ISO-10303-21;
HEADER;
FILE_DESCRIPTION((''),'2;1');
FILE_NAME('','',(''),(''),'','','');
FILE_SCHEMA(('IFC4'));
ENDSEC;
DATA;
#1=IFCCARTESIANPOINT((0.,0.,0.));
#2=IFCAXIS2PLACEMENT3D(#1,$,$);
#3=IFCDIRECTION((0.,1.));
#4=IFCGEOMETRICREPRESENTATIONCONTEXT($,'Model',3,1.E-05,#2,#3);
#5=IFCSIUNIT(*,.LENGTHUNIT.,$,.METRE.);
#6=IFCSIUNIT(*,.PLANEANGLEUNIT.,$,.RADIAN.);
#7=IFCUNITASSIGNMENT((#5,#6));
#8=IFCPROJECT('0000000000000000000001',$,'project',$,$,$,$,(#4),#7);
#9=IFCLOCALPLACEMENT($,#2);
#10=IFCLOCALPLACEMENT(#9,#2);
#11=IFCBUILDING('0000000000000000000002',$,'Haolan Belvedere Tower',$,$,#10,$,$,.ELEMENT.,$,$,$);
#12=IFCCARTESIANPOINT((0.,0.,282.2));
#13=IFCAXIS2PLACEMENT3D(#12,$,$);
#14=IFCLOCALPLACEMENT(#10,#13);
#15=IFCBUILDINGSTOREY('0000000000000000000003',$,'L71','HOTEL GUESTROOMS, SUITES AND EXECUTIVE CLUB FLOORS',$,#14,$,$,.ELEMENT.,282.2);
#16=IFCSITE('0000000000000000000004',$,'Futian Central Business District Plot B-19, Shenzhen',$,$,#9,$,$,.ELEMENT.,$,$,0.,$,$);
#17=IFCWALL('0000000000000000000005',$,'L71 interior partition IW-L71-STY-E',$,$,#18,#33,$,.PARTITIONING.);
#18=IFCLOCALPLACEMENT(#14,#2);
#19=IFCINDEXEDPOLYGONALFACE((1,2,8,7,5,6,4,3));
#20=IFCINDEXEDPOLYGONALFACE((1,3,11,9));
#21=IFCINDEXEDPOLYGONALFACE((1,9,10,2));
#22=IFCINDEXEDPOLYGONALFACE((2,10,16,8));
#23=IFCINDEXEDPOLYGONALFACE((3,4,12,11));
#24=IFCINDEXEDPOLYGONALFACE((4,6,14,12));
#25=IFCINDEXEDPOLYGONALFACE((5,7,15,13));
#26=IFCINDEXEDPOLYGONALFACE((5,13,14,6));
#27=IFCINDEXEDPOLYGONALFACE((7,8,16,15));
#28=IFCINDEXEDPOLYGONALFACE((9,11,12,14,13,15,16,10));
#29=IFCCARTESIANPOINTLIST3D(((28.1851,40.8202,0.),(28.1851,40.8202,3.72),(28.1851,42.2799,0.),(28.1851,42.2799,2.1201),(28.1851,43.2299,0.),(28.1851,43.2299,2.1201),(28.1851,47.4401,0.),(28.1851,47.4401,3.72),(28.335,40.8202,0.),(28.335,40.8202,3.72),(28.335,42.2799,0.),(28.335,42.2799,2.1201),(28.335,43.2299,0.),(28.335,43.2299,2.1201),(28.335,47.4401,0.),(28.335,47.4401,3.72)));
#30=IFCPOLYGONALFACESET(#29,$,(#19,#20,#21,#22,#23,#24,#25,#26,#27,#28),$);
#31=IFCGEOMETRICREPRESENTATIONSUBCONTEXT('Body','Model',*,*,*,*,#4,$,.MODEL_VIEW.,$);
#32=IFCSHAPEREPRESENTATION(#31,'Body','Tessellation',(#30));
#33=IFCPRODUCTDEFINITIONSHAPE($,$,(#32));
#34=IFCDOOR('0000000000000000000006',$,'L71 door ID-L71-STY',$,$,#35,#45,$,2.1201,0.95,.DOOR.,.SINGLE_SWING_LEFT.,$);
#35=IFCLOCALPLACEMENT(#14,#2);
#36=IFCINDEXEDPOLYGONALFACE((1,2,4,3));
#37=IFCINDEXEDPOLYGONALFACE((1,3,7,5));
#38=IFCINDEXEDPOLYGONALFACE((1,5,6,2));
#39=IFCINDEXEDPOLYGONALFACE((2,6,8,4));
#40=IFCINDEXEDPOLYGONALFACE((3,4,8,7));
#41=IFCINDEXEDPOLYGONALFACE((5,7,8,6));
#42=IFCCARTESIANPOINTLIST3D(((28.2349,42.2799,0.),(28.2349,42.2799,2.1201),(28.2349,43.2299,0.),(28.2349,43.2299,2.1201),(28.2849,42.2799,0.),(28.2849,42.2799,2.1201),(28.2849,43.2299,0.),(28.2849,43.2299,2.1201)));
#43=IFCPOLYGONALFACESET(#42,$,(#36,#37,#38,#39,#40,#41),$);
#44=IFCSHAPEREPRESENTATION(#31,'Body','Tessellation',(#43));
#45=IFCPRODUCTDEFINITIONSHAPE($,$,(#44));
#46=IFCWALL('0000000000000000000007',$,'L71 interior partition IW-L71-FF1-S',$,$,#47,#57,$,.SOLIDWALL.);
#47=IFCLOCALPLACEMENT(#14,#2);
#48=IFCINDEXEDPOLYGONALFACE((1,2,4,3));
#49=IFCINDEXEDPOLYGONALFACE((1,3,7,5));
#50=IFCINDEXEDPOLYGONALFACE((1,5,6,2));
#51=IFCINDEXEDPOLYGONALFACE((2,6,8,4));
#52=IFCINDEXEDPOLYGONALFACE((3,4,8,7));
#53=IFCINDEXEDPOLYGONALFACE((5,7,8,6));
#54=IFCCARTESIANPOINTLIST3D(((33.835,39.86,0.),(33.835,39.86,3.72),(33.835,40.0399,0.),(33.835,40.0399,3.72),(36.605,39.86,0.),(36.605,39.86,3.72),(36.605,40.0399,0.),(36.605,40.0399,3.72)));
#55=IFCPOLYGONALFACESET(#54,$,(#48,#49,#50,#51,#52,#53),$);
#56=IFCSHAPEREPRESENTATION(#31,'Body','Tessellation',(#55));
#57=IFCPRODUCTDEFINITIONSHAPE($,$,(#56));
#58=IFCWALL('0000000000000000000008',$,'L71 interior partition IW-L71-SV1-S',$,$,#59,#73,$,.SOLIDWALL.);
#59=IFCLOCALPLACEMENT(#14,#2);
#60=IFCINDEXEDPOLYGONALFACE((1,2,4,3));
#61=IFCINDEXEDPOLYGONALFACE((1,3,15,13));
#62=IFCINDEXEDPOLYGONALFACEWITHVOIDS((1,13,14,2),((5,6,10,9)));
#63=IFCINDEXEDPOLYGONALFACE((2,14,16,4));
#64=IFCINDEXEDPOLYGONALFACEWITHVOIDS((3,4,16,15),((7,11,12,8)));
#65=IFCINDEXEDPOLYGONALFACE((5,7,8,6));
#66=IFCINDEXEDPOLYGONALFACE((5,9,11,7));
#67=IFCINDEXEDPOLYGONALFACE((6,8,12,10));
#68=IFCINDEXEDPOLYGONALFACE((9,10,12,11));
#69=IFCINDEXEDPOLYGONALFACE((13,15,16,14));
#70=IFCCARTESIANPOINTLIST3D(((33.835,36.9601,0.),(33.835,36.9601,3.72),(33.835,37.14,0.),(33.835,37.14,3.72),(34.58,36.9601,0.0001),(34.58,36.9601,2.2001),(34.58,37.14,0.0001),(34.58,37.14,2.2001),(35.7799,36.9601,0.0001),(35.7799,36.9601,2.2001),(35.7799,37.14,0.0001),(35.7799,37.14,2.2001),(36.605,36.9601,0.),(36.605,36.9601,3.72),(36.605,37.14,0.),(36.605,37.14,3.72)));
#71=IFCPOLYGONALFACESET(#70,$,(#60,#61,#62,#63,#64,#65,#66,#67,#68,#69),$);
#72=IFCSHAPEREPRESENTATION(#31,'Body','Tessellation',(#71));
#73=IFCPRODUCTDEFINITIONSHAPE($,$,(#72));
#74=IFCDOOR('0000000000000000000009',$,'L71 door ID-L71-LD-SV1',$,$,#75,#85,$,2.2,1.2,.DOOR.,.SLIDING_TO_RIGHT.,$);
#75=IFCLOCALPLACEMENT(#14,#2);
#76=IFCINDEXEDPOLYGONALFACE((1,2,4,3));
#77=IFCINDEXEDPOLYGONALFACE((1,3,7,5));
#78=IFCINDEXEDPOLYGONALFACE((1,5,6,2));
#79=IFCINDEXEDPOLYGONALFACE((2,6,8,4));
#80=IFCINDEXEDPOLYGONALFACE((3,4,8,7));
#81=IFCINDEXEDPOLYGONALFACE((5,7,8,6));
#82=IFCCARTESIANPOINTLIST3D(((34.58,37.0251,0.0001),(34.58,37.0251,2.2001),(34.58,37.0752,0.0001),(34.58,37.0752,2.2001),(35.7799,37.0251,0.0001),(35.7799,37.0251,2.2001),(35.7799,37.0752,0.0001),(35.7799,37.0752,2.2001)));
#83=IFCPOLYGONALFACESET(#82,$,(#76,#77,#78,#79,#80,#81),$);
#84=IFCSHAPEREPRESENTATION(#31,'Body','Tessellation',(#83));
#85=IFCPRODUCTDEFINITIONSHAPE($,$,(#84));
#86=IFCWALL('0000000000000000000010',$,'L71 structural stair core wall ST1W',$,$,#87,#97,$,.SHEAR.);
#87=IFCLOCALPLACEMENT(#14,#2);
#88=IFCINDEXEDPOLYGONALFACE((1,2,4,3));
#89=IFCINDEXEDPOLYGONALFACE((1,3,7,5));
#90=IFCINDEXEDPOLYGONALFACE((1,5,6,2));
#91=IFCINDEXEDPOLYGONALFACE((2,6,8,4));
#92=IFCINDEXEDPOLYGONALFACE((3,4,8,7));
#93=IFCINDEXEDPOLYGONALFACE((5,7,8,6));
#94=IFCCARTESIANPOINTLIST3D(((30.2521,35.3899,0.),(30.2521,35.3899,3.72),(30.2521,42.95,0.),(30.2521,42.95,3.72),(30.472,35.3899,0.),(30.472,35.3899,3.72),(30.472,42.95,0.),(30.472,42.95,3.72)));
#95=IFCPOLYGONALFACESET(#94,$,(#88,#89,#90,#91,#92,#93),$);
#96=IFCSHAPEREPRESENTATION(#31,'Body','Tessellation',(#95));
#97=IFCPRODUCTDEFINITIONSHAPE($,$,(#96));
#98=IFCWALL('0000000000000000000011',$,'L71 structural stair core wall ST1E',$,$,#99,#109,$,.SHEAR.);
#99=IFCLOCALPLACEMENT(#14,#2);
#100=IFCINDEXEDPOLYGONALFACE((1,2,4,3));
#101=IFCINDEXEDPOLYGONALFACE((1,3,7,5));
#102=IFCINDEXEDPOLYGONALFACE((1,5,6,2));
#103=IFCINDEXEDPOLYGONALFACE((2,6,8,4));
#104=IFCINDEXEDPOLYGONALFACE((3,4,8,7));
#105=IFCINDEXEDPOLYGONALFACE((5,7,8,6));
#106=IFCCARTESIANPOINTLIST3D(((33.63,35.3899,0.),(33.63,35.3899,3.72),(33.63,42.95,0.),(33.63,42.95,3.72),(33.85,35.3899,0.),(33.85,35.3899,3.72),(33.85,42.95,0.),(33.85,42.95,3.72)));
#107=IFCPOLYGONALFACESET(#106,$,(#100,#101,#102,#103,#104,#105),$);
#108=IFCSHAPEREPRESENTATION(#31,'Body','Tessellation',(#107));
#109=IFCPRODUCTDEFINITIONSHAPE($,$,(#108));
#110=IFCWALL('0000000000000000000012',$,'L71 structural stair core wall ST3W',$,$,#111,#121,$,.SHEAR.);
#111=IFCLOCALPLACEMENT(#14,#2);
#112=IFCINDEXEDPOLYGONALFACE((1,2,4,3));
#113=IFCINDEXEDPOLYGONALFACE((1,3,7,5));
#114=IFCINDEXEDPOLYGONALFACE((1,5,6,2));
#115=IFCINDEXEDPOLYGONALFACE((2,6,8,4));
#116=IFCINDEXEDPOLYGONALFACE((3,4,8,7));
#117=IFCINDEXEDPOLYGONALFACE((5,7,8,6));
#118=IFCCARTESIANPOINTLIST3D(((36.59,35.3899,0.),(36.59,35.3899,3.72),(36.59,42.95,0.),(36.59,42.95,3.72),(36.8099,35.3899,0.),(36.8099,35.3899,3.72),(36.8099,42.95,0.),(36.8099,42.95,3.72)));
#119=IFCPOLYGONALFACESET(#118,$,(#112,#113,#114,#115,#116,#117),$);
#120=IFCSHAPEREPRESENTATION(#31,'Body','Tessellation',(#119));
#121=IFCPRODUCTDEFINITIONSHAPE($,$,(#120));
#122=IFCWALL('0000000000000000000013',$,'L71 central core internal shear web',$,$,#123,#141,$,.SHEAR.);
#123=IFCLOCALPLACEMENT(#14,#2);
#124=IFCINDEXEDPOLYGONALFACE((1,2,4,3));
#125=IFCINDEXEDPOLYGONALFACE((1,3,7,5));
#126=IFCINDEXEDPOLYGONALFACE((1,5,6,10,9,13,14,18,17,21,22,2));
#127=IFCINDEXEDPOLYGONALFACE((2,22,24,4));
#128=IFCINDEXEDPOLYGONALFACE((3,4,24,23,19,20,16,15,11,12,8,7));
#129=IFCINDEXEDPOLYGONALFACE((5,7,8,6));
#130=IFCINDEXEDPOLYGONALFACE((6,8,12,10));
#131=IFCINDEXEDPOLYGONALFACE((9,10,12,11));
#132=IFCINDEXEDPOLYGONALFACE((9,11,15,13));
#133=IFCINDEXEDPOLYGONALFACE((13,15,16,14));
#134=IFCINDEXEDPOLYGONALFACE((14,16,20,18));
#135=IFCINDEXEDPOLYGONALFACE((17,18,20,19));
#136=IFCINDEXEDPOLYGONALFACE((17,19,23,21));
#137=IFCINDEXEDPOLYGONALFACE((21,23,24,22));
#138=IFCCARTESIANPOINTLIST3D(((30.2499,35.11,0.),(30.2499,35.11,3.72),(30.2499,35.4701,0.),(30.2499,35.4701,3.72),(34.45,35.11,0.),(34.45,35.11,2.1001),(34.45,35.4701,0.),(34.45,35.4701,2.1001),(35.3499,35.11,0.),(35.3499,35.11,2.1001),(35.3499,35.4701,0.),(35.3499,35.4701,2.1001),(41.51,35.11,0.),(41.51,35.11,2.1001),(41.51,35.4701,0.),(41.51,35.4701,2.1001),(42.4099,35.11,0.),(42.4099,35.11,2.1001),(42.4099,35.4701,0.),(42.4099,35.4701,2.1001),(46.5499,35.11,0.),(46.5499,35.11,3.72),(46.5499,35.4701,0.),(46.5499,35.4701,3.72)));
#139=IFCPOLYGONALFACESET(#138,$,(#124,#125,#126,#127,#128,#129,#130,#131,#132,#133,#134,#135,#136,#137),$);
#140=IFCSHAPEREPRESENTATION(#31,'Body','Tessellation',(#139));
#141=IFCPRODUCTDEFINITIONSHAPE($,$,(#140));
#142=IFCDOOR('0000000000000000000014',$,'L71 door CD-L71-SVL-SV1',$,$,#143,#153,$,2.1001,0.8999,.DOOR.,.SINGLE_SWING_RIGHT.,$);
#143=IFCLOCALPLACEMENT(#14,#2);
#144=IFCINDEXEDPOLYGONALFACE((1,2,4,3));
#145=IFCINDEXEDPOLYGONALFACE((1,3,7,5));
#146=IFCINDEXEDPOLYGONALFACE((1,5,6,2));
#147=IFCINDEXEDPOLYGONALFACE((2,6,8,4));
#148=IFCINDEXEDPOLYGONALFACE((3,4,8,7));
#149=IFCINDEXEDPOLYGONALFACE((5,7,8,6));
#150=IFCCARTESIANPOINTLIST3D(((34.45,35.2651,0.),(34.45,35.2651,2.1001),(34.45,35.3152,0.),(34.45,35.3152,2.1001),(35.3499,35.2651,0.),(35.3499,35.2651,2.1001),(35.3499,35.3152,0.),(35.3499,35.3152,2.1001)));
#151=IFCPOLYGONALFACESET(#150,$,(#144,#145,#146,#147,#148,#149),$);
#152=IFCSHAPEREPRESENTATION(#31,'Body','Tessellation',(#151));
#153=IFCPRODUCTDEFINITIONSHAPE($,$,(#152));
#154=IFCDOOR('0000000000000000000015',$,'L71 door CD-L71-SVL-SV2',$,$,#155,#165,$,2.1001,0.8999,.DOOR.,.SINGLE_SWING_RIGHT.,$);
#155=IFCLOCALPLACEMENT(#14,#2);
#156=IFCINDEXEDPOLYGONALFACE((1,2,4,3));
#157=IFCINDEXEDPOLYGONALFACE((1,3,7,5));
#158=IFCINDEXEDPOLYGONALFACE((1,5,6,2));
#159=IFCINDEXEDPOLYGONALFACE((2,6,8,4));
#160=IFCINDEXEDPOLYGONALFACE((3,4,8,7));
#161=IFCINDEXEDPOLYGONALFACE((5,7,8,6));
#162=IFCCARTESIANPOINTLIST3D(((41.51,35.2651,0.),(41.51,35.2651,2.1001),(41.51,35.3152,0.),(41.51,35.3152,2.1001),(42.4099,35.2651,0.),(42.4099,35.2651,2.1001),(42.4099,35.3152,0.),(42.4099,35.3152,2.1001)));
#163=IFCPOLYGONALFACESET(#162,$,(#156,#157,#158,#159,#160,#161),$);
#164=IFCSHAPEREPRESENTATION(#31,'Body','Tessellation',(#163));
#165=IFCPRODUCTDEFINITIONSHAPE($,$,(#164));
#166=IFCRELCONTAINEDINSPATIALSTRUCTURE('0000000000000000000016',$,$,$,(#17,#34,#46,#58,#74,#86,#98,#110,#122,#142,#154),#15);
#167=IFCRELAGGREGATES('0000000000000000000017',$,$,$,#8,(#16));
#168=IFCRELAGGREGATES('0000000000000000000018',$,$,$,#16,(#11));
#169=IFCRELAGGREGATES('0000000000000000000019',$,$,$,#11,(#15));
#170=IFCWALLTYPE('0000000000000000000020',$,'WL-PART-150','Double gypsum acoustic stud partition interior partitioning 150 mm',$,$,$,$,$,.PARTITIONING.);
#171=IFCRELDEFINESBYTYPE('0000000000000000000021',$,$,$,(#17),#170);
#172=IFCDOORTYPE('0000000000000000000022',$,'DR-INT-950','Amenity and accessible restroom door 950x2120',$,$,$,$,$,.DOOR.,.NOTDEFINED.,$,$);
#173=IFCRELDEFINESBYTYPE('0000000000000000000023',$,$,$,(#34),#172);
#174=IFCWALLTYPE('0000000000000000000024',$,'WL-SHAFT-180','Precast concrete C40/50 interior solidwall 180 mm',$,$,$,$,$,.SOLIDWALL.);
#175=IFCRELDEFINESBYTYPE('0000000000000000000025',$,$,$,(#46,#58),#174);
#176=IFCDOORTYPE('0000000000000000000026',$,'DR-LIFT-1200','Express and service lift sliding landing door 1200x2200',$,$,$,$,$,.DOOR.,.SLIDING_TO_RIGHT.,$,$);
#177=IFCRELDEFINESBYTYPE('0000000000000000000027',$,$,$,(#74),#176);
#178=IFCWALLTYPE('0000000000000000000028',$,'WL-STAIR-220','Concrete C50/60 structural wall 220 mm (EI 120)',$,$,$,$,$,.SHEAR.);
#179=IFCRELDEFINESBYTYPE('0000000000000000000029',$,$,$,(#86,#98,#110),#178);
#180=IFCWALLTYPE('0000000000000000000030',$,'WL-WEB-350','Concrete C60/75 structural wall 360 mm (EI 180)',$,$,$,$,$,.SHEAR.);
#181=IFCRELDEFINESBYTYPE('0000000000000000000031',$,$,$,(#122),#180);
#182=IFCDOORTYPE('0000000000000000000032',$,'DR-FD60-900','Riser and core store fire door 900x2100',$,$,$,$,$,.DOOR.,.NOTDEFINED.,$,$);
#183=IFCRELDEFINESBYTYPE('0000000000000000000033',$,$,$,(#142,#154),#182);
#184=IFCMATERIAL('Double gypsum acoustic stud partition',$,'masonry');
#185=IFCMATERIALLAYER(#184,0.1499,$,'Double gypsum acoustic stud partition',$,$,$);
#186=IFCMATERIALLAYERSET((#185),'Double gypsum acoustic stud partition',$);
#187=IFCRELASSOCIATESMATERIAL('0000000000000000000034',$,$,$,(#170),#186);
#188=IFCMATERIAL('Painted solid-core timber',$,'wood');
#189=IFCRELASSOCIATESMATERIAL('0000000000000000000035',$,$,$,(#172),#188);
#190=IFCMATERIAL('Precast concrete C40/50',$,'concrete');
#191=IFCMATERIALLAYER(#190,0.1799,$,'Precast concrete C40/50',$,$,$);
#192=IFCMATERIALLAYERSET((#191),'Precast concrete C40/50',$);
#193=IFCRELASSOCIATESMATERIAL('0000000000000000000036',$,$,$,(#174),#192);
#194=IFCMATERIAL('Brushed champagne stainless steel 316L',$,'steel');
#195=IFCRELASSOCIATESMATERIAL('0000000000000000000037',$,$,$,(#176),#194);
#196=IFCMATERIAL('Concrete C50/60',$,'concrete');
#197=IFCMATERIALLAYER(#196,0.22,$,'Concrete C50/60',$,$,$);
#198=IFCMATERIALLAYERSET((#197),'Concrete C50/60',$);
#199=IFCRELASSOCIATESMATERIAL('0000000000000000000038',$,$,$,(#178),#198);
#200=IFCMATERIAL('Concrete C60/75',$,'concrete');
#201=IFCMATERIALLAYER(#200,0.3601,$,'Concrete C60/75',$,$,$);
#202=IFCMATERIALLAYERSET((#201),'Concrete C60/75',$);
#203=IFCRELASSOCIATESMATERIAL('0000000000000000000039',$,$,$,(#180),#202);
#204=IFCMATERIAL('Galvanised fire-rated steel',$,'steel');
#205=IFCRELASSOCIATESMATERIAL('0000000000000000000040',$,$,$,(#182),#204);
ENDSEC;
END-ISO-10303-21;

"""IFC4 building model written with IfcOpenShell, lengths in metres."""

from ifc_helpers import new_model, si_unit, direction, frame, frame_2d, origin, place, context, subcontext, project, spatial, rectangle, extrude, material, layer, layer_set, type_object, element, fill, save


model = new_model("IFC4")

# Units and contexts
model_context = context("Model", 3, precision=1e-05, world=origin(), true_north=direction((0.0, 1.0)))
body_context = subcontext(model_context, "Body", "Model", "MODEL_VIEW")
ifc_project = project(units=[si_unit("LENGTHUNIT", "METRE"), si_unit("PLANEANGLEUNIT", "RADIAN")], contexts=[model_context])

# Site, building, storey
site_placement = place(None, origin())
site = spatial("IfcSite", under=ifc_project, at=site_placement, Name="Futian Central Business District Plot B-19, Shenzhen", CompositionType="ELEMENT", RefElevation=0.0)
building_placement = place(site_placement, origin())
building = spatial("IfcBuilding", under=site, at=building_placement, Name="Haolan Belvedere Tower", CompositionType="ELEMENT")
storey_placement = place(building_placement, frame((0.0, 0.0, 282.2)))
storey = spatial("IfcBuildingStorey", under=building, at=storey_placement, Name="L71", Description="HOTEL GUESTROOMS, SUITES AND EXECUTIVE CLUB FLOORS", CompositionType="ELEMENT", Elevation=282.2)

# Shared definitions
ifc_material_1 = material(Name="Precast concrete C40/50", Category="concrete")

# Shared definitions
ifc_material_2 = material(Name="Double gypsum acoustic stud partition", Category="masonry")
ifc_layer_1 = layer(ifc_material_2, 0.1499, Name="Double gypsum acoustic stud partition")
ifc_layer_set_1 = layer_set([ifc_layer_1], Name="Double gypsum acoustic stud partition")
wall_type_1 = type_object("IfcWallType", Name="WL-PART-150", Description="Double gypsum acoustic stud partition interior partitioning 150 mm", PredefinedType="PARTITIONING", material=ifc_layer_set_1)

# Shared definitions
ifc_material_3 = material(Name="Painted solid-core timber", Category="wood")
door_type_1 = type_object("IfcDoorType", Name="DR-INT-950", Description="Amenity and accessible restroom door 950x2120", OperationType="NOTDEFINED", PredefinedType="DOOR", material=ifc_material_3)

# Wall, opening, door
wall_1_placement = place(storey_placement, frame((28.26, 40.8201, 0.0), z_axis=(0.0, 0.0, 1.0), x_axis=(0.0, 1.0, 0.0)))
wall_1 = element("IfcWall", 1, at=wall_1_placement, inside=storey, type_object=wall_type_1, Name="L71 interior partition IW-L71-STY-E", PredefinedType="PARTITIONING", context=body_context, shape_type="SweptSolid", body=[
    extrude(rectangle(XDim=6.6199, YDim=0.1499, at=frame_2d((3.3101, 0.0))), origin(), (0.0, 0.0, 1.0), 3.72),
])
opening_1_placement = place(wall_1_placement, frame((2.4099, 0.0, 0.0), z_axis=(0.0, 0.0, 1.0), x_axis=(-1.0, 0.0, 0.0)))
opening_1 = element("IfcOpeningElement", 2, at=opening_1_placement, cuts=wall_1, PredefinedType="OPENING", context=body_context, shape_type="SweptSolid", body=[
    extrude(rectangle(XDim=0.95, YDim=2.1201, at=frame_2d((0.4751, 1.0601))), frame((0.0, 0.085, 0.0), z_axis=(0.0, -1.0, 0.0), x_axis=(1.0, 0.0, 0.0)), (0.0, 0.0, 1.0), 0.1699),
])
door_1_placement = place(opening_1_placement, origin())
door_1 = element("IfcDoor", 3, at=door_1_placement, inside=storey, type_object=door_type_1, Name="L71 door ID-L71-STY", OperationType="SINGLE_SWING_LEFT", OverallHeight=2.1201, OverallWidth=0.95, PredefinedType="DOOR", context=body_context, shape_type="SweptSolid", body=[
    extrude(rectangle(XDim=0.95, YDim=2.1201, at=frame_2d((0.4751, 1.0601))), frame((0.0, 0.0249, 0.0), z_axis=(0.0, -1.0, 0.0), x_axis=(1.0, 0.0, 0.0)), (0.0, 0.0, 1.0), 0.05),
])
fill(opening_1, door_1)

# Wall
ifc_layer_2 = layer(ifc_material_1, 0.1799, Name="Precast concrete C40/50")
ifc_layer_set_2 = layer_set([ifc_layer_2], Name="Precast concrete C40/50")
wall_type_2 = type_object("IfcWallType", Name="WL-SHAFT-180", Description="Precast concrete C40/50 interior solidwall 180 mm", PredefinedType="SOLIDWALL", material=ifc_layer_set_2)
wall_2_placement = place(storey_placement, frame((33.835, 39.95, 0.0), z_axis=(0.0, 0.0, 1.0), x_axis=(1.0, 0.0, 0.0)))
element("IfcWall", 4, at=wall_2_placement, inside=storey, type_object=wall_type_2, Name="L71 interior partition IW-L71-FF1-S", PredefinedType="SOLIDWALL", context=body_context, shape_type="SweptSolid", body=[
    extrude(rectangle(XDim=2.77, YDim=0.1799, at=frame_2d((1.385, 0.0))), origin(), (0.0, 0.0, 1.0), 3.72),
])

# Wall, opening, door
wall_3_placement = place(storey_placement, frame((33.835, 37.05, 0.0), z_axis=(0.0, 0.0, 1.0), x_axis=(1.0, 0.0, 0.0)))
wall_3 = element("IfcWall", 5, at=wall_3_placement, inside=storey, type_object=wall_type_2, Name="L71 interior partition IW-L71-SV1-S", PredefinedType="SOLIDWALL", context=body_context, shape_type="SweptSolid", body=[
    extrude(rectangle(XDim=2.77, YDim=0.1799, at=frame_2d((1.385, 0.0))), origin(), (0.0, 0.0, 1.0), 3.72),
])
opening_2_placement = place(wall_3_placement, frame((1.9451, 0.0, 0.0), z_axis=(0.0, 0.0, 1.0), x_axis=(-1.0, 0.0, 0.0)))
opening_2 = element("IfcOpeningElement", 6, at=opening_2_placement, cuts=wall_3, PredefinedType="OPENING", context=body_context, shape_type="SweptSolid", body=[
    extrude(rectangle(XDim=1.2, YDim=2.2, at=frame_2d((0.6001, 1.1001))), frame((0.0, 0.0999, 0.0), z_axis=(0.0, -1.0, 0.0), x_axis=(1.0, 0.0, 0.0)), (0.0, 0.0, 1.0), 0.2),
])
ifc_material_4 = material(Name="Brushed champagne stainless steel 316L", Category="steel")
door_type_2 = type_object("IfcDoorType", Name="DR-LIFT-1200", Description="Express and service lift sliding landing door 1200x2200", OperationType="SLIDING_TO_RIGHT", PredefinedType="DOOR", material=ifc_material_4)
door_2_placement = place(opening_2_placement, origin())
door_2 = element("IfcDoor", 7, at=door_2_placement, inside=storey, type_object=door_type_2, Name="L71 door ID-L71-LD-SV1", OperationType="SLIDING_TO_RIGHT", OverallHeight=2.2, OverallWidth=1.2, PredefinedType="DOOR", context=body_context, shape_type="SweptSolid", body=[
    extrude(rectangle(XDim=1.2, YDim=2.2, at=frame_2d((0.6001, 1.1001))), frame((0.0, 0.0249, 0.0), z_axis=(0.0, -1.0, 0.0), x_axis=(1.0, 0.0, 0.0)), (0.0, 0.0, 1.0), 0.05),
])
fill(opening_2, door_2)

# Walls
ifc_material_5 = material(Name="Concrete C50/60", Category="concrete")
ifc_layer_3 = layer(ifc_material_5, 0.22, Name="Concrete C50/60")
ifc_layer_set_3 = layer_set([ifc_layer_3], Name="Concrete C50/60")
wall_type_3 = type_object("IfcWallType", Name="WL-STAIR-220", Description="Concrete C50/60 structural wall 220 mm (EI 120)", PredefinedType="SHEAR", material=ifc_layer_set_3)
for number, where, z_axis, x_axis, name in (
    (8, (30.3621, 35.3899, 0.0), (0.0, 0.0, 1.0), (0.0, 1.0, 0.0), "L71 structural stair core wall ST1W"),
    (9, (33.74, 35.3899, 0.0), (0.0, 0.0, 1.0), (0.0, 1.0, 0.0), "L71 structural stair core wall ST1E"),
    (10, (36.7, 35.3899, 0.0), (0.0, 0.0, 1.0), (0.0, 1.0, 0.0), "L71 structural stair core wall ST3W"),
):
    element("IfcWall", number, at=place(storey_placement, frame(where, z_axis=z_axis, x_axis=x_axis)), inside=storey, type_object=wall_type_3, Name=name, PredefinedType="SHEAR", context=body_context, shape_type="SweptSolid", body=[
        extrude(rectangle(XDim=7.5601, YDim=0.22, at=frame_2d((3.78, 0.0))), origin(), (0.0, 0.0, 1.0), 3.72),
    ])

# Wall, openings, doors
ifc_material_6 = material(Name="Concrete C60/75", Category="concrete")
ifc_layer_4 = layer(ifc_material_6, 0.3601, Name="Concrete C60/75")
ifc_layer_set_4 = layer_set([ifc_layer_4], Name="Concrete C60/75")
wall_type_4 = type_object("IfcWallType", Name="WL-WEB-350", Description="Concrete C60/75 structural wall 360 mm (EI 180)", PredefinedType="SHEAR", material=ifc_layer_set_4)
wall_4_placement = place(storey_placement, frame((30.25, 35.29, 0.0), z_axis=(0.0, 0.0, 1.0), x_axis=(1.0, 0.0, 0.0)))
wall_4 = element("IfcWall", 11, at=wall_4_placement, inside=storey, type_object=wall_type_4, Name="L71 central core internal shear web", PredefinedType="SHEAR", context=body_context, shape_type="SweptSolid", body=[
    extrude(rectangle(XDim=16.3, YDim=0.3601, at=frame_2d((8.1499, 0.0))), origin(), (0.0, 0.0, 1.0), 3.72),
])
opening_3_placement = place(wall_4_placement, frame((5.0999, 0.0, 0.0), z_axis=(0.0, 0.0, 1.0), x_axis=(-1.0, 0.0, 0.0)))
opening_3 = element("IfcOpeningElement", 12, at=opening_3_placement, cuts=wall_4, PredefinedType="OPENING", context=body_context, shape_type="SweptSolid", body=[
    extrude(rectangle(XDim=0.8999, YDim=2.1001, at=frame_2d((0.45, 1.05))), frame((0.0, 0.1899, 0.0), z_axis=(0.0, -1.0, 0.0), x_axis=(1.0, 0.0, 0.0)), (0.0, 0.0, 1.0), 0.3801),
])
opening_4_placement = place(wall_4_placement, frame((12.1599, 0.0, 0.0), z_axis=(0.0, 0.0, 1.0), x_axis=(-1.0, 0.0, 0.0)))
opening_4 = element("IfcOpeningElement", 13, at=opening_4_placement, cuts=wall_4, PredefinedType="OPENING", context=body_context, shape_type="SweptSolid", body=[
    extrude(rectangle(XDim=0.8999, YDim=2.1001, at=frame_2d((0.45, 1.05))), frame((0.0, 0.1899, 0.0), z_axis=(0.0, -1.0, 0.0), x_axis=(1.0, 0.0, 0.0)), (0.0, 0.0, 1.0), 0.3801),
])
ifc_material_7 = material(Name="Galvanised fire-rated steel", Category="steel")
door_type_3 = type_object("IfcDoorType", Name="DR-FD60-900", Description="Riser and core store fire door 900x2100", OperationType="NOTDEFINED", PredefinedType="DOOR", material=ifc_material_7)
door_3_placement = place(opening_3_placement, origin())
door_3 = element("IfcDoor", 14, at=door_3_placement, inside=storey, type_object=door_type_3, Name="L71 door CD-L71-SVL-SV1", OperationType="SINGLE_SWING_RIGHT", OverallHeight=2.1001, OverallWidth=0.8999, PredefinedType="DOOR", context=body_context, shape_type="SweptSolid", body=[
    extrude(rectangle(XDim=0.8999, YDim=2.1001, at=frame_2d((0.45, 1.05))), frame((0.0, 0.0249, 0.0), z_axis=(0.0, -1.0, 0.0), x_axis=(1.0, 0.0, 0.0)), (0.0, 0.0, 1.0), 0.05),
])
fill(opening_3, door_3)
door_4_placement = place(opening_4_placement, origin())
door_4 = element("IfcDoor", 15, at=door_4_placement, inside=storey, type_object=door_type_3, Name="L71 door CD-L71-SVL-SV2", OperationType="SINGLE_SWING_RIGHT", OverallHeight=2.1001, OverallWidth=0.8999, PredefinedType="DOOR", context=body_context, shape_type="SweptSolid", body=[
    extrude(rectangle(XDim=0.8999, YDim=2.1001, at=frame_2d((0.45, 1.05))), frame((0.0, 0.0249, 0.0), z_axis=(0.0, -1.0, 0.0), x_axis=(1.0, 0.0, 0.0)), (0.0, 0.0, 1.0), 0.05),
])
fill(opening_4, door_4)

save(model, "model.ifc")
